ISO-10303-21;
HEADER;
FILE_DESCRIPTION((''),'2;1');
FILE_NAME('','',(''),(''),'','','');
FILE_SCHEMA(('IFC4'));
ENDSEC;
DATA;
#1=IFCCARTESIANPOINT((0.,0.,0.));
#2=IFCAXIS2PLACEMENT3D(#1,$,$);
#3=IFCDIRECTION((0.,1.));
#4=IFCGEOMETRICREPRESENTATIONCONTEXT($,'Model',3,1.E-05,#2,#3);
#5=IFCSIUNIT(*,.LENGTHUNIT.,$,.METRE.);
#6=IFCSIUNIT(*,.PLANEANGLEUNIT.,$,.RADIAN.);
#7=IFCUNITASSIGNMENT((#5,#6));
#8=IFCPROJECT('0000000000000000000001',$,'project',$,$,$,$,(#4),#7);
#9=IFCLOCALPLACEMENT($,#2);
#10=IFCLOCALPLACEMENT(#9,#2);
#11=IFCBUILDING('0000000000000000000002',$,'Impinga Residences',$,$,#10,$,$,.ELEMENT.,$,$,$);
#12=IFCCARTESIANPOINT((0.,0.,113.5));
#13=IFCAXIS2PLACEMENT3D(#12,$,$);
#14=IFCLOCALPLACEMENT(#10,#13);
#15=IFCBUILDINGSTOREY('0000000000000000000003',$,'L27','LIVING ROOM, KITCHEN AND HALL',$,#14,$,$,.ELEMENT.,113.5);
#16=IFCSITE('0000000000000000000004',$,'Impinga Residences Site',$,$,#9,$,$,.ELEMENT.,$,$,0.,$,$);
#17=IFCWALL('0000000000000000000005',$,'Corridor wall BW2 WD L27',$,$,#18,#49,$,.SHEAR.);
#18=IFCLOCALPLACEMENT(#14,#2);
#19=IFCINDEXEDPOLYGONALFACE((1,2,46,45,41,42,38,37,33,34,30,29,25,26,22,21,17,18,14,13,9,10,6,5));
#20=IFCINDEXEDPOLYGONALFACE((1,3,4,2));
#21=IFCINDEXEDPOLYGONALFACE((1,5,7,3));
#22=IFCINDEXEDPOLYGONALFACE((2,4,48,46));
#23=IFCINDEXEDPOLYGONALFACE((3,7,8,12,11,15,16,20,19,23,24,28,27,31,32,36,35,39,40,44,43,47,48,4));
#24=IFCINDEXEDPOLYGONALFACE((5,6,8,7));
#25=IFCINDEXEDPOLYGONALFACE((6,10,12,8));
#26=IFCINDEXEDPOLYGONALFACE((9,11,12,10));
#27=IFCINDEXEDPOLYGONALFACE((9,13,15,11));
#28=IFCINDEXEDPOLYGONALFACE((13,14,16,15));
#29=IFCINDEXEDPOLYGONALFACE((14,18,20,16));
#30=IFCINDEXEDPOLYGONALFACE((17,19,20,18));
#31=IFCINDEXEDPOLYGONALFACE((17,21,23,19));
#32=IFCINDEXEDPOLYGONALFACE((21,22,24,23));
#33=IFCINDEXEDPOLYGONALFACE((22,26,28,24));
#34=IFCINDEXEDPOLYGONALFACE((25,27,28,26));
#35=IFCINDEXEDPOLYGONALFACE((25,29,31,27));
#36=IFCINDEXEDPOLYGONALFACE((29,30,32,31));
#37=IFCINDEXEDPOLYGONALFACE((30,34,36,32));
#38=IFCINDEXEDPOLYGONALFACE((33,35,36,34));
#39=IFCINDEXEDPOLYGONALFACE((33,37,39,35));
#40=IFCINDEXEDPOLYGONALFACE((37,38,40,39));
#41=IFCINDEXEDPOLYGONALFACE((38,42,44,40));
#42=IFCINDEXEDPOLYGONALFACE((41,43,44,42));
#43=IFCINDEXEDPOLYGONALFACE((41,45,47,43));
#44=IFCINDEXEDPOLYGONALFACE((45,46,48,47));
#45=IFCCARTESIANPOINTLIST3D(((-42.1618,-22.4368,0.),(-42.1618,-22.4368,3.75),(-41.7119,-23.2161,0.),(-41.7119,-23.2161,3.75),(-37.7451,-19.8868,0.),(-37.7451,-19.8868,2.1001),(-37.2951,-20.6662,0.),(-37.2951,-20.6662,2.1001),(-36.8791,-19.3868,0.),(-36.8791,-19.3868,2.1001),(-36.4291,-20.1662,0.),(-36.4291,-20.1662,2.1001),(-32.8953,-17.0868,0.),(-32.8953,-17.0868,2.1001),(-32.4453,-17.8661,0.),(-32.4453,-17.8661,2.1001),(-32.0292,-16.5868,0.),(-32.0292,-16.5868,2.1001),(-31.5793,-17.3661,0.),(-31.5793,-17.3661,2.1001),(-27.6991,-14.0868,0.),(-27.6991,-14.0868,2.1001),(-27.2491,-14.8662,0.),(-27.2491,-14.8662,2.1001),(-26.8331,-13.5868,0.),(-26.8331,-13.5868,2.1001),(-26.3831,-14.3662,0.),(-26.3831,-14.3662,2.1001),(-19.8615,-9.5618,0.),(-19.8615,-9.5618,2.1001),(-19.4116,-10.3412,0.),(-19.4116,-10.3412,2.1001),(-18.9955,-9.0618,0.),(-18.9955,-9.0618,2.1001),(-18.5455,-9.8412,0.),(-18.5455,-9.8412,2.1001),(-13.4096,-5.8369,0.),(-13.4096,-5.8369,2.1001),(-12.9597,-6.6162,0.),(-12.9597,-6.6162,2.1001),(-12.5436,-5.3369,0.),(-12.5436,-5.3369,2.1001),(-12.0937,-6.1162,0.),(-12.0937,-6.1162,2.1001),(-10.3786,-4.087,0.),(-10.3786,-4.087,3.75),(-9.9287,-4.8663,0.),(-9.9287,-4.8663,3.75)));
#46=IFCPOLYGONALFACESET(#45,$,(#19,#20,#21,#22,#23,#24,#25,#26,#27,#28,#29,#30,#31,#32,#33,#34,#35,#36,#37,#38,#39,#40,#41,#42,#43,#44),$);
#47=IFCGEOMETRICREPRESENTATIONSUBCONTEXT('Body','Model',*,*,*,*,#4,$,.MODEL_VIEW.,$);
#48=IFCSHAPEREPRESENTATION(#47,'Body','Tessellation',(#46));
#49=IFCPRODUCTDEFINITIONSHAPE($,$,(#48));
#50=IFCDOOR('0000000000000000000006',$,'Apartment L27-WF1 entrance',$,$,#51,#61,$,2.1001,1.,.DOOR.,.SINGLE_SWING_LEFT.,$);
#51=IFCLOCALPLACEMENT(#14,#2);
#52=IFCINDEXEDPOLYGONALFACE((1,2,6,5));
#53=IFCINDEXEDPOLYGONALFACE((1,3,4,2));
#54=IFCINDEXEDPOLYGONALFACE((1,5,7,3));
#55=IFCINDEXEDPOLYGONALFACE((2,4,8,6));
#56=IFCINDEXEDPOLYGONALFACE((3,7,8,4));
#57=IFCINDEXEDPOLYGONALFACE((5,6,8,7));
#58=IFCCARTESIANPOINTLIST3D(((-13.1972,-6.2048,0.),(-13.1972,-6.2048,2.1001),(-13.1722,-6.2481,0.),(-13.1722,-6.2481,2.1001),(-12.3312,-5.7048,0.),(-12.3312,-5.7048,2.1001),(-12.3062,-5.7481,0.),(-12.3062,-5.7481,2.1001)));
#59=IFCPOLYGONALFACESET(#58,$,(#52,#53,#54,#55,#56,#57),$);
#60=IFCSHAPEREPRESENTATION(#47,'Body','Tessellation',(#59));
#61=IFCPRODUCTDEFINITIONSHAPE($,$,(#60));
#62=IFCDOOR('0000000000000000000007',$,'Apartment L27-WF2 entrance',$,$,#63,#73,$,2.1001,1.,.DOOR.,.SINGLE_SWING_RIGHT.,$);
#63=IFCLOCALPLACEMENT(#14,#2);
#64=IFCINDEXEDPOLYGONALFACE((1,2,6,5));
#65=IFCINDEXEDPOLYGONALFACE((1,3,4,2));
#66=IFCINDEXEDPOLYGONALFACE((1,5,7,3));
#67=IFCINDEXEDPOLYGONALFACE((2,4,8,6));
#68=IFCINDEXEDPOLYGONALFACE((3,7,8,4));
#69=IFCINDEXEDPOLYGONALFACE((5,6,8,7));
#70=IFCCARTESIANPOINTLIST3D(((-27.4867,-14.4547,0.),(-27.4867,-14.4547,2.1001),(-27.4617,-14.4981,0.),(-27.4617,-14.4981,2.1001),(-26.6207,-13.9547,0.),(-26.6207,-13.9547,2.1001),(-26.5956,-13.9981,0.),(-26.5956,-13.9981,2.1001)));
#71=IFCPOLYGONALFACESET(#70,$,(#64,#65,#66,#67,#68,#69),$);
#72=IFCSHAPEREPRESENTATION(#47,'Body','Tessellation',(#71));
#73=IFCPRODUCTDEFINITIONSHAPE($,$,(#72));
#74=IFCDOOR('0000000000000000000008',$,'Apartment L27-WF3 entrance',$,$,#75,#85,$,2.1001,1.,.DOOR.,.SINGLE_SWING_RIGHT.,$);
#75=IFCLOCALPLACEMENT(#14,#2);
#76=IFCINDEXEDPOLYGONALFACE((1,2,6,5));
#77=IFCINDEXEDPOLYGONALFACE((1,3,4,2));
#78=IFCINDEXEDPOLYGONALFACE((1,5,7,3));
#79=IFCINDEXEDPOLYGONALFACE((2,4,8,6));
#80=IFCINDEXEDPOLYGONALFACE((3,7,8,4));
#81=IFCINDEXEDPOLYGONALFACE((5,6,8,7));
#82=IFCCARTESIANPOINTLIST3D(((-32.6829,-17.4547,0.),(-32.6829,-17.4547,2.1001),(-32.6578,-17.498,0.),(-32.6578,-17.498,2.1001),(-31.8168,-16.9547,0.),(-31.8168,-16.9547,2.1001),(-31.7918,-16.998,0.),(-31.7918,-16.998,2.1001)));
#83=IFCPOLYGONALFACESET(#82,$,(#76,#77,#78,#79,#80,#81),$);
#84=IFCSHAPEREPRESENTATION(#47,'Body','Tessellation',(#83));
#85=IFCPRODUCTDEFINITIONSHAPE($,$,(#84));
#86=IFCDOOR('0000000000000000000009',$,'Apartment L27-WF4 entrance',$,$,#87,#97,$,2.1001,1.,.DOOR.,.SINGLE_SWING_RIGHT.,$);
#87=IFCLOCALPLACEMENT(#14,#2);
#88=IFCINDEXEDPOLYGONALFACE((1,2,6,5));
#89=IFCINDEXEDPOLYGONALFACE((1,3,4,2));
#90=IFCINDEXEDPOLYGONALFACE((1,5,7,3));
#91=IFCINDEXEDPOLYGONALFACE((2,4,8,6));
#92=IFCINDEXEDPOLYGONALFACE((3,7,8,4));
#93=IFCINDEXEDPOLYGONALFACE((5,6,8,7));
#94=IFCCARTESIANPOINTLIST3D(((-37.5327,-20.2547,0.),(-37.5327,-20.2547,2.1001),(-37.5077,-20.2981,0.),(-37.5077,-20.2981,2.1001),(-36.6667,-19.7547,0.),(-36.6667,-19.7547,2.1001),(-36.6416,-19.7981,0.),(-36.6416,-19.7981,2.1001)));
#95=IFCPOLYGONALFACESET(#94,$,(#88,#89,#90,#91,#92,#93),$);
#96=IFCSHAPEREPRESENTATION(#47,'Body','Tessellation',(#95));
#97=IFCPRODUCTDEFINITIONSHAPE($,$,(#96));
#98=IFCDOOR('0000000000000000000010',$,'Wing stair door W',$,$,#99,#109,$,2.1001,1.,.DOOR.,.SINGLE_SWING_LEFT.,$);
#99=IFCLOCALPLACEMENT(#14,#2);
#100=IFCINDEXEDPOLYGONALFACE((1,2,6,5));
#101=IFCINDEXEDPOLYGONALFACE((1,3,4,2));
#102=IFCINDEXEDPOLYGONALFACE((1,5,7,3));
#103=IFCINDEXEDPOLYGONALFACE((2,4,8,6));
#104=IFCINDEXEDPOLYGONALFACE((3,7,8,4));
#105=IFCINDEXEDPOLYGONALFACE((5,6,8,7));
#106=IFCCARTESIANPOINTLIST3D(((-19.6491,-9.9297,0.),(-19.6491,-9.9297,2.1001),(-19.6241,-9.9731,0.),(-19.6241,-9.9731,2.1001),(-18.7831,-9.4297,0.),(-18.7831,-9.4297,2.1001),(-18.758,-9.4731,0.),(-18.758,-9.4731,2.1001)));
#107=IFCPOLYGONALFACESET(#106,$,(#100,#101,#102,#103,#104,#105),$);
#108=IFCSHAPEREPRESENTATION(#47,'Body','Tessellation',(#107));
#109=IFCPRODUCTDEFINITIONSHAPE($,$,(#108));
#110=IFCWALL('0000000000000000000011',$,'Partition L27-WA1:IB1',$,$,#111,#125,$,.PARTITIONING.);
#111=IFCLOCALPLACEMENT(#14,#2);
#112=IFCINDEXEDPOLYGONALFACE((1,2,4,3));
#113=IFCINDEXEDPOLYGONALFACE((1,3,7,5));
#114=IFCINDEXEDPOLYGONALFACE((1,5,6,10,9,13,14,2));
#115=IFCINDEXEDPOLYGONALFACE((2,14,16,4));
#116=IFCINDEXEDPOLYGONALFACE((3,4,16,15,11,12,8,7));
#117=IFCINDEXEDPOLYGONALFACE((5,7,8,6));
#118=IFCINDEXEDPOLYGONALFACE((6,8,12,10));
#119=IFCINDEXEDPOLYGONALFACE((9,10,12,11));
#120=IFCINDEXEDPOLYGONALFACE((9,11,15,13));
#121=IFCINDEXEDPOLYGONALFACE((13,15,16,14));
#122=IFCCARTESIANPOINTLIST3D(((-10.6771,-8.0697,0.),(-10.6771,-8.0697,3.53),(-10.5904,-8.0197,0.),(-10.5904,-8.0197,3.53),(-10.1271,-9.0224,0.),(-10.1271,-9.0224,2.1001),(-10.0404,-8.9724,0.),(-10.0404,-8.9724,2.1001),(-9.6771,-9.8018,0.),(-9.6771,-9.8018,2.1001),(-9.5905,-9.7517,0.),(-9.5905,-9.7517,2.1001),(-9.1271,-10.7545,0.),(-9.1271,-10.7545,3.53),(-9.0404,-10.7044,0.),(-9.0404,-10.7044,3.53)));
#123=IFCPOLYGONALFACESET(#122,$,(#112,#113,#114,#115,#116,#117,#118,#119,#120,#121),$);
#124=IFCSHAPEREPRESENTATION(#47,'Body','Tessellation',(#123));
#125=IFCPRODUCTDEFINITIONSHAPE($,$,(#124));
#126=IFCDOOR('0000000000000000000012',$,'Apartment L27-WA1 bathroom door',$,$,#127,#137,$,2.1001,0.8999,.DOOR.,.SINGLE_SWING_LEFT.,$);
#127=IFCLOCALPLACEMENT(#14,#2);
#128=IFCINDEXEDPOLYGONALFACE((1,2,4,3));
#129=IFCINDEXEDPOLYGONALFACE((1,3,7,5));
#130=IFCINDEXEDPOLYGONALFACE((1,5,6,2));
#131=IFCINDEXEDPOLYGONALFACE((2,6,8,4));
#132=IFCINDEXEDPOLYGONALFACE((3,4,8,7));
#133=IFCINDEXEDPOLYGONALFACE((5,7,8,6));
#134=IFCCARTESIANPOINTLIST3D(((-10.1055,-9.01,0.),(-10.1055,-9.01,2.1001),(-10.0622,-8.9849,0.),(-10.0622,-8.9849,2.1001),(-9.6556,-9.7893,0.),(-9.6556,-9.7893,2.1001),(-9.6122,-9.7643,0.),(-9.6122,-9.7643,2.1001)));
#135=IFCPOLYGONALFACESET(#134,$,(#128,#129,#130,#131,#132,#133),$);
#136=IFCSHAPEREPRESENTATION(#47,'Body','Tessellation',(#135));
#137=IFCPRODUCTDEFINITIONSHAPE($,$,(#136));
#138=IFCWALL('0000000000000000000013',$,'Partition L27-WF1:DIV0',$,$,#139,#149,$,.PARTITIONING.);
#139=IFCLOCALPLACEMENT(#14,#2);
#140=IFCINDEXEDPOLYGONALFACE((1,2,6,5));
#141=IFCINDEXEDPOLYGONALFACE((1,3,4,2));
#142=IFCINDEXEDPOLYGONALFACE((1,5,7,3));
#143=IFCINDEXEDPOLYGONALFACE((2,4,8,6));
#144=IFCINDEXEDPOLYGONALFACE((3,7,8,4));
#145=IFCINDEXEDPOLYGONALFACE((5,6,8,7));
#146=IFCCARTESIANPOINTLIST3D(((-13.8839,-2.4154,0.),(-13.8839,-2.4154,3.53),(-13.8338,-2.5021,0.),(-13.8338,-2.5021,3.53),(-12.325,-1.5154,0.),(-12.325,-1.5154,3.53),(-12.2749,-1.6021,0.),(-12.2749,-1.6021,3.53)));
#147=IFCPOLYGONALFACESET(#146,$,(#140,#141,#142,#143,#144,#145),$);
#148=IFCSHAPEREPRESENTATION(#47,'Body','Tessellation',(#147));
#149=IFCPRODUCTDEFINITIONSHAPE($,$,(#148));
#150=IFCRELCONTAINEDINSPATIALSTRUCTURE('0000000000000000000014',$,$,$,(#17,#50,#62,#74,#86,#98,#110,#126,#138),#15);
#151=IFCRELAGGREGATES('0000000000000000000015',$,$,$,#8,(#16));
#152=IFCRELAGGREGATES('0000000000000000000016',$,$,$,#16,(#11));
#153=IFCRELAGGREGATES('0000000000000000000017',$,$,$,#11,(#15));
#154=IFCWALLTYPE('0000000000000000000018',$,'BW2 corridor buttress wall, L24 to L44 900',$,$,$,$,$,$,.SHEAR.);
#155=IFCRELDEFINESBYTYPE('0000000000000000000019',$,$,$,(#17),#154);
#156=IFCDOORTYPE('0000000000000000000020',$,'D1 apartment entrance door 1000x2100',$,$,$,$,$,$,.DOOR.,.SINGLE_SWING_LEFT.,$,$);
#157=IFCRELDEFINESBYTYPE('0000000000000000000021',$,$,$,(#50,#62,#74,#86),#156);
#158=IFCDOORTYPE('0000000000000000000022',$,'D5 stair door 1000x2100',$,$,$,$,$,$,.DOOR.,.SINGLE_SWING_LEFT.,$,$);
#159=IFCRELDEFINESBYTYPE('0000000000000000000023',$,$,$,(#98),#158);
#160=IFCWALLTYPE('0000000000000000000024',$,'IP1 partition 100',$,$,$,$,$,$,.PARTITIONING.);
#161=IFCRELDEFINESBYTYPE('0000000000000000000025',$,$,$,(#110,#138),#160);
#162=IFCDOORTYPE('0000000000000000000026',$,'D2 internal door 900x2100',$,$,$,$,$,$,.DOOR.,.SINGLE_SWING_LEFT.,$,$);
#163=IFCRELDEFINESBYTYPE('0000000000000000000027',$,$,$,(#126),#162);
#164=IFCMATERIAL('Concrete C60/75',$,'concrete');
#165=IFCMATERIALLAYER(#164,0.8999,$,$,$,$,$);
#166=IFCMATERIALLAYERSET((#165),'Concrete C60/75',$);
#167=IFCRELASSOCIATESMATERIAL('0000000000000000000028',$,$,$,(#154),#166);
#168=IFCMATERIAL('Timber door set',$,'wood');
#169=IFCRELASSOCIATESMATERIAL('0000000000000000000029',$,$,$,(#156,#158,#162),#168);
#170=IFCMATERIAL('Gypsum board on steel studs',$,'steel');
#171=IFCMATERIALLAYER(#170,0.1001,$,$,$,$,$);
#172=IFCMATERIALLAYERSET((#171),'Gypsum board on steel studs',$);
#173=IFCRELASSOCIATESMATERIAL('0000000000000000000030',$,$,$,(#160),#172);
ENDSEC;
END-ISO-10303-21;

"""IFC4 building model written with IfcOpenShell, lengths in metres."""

from ifc_helpers import new_model, si_unit, direction, frame, frame_2d, origin, place, context, subcontext, project, spatial, rectangle, extrude, material, layer, layer_set, type_object, element, fill, save


model = new_model("IFC4")

# Units and contexts
model_context = context("Model", 3, precision=1e-05, world=origin(), true_north=direction((0.0, 1.0)))
body_context = subcontext(model_context, "Body", "Model", "MODEL_VIEW")
ifc_project = project(units=[si_unit("LENGTHUNIT", "METRE"), si_unit("PLANEANGLEUNIT", "RADIAN")], contexts=[model_context])

# Site, building, storey
site_placement = place(None, origin())
site = spatial("IfcSite", under=ifc_project, at=site_placement, Name="Impinga Residences Site", CompositionType="ELEMENT", RefElevation=0.0)
building_placement = place(site_placement, origin())
building = spatial("IfcBuilding", under=site, at=building_placement, Name="Impinga Residences", CompositionType="ELEMENT")
storey_placement = place(building_placement, frame((0.0, 0.0, 113.5)))
storey = spatial("IfcBuildingStorey", under=building, at=storey_placement, Name="L27", Description="LIVING ROOM, KITCHEN AND HALL", CompositionType="ELEMENT", Elevation=113.5)

# Wall, openings, doors
ifc_material_1 = material(Name="Concrete C60/75", Category="concrete")
ifc_layer_1 = layer(ifc_material_1, 0.8999)
ifc_layer_set_1 = layer_set([ifc_layer_1], Name="Concrete C60/75")
wall_type_1 = type_object("IfcWallType", Name="BW2 corridor buttress wall, L24 to L44 900", PredefinedType="SHEAR", material=ifc_layer_set_1)
ifc_material_2 = material(Name="Timber door set", Category="wood")
door_type_1 = type_object("IfcDoorType", Name="D1 apartment entrance door 1000x2100", OperationType="SINGLE_SWING_LEFT", PredefinedType="DOOR", material=ifc_material_2)
wall_1_placement = place(storey_placement, frame((-10.1536, -4.4766, 0.0), z_axis=(0.0, 0.0, 1.0), x_axis=(-0.866028, -0.499996, 0.0)))
wall_1 = element("IfcWall", 1, at=wall_1_placement, inside=storey, type_object=wall_type_1, Name="Corridor wall BW2 WD L27", PredefinedType="SHEAR", context=body_context, shape_type="SweptSolid", body=[
    extrude(rectangle(XDim=36.7, YDim=0.8999, at=frame_2d((18.3501, 0.0))), origin(), (0.0, 0.0, 1.0), 3.75),
])
opening_1_placement = place(wall_1_placement, frame((9.95, 0.0, 0.0)))
opening_1 = element("IfcOpeningElement", 2, at=opening_1_placement, cuts=wall_1, PredefinedType="OPENING", context=body_context, shape_type="SweptSolid", body=[
    extrude(rectangle(XDim=1.0, YDim=2.1001, at=frame_2d((0.5, 1.05))), frame((0.0, 0.46, 0.0), z_axis=(0.0, -1.0, 0.0), x_axis=(1.0, 0.0, 0.0)), (0.0, 0.0, 1.0), 0.9199),
])
opening_2_placement = place(wall_1_placement, frame((2.5, 0.0, 0.0)))
opening_2 = element("IfcOpeningElement", 3, at=opening_2_placement, cuts=wall_1, PredefinedType="OPENING", context=body_context, shape_type="SweptSolid", body=[
    extrude(rectangle(XDim=1.0, YDim=2.1001, at=frame_2d((0.5, 1.05))), frame((0.0, 0.46, 0.0), z_axis=(0.0, -1.0, 0.0), x_axis=(1.0, 0.0, 0.0)), (0.0, 0.0, 1.0), 0.9199),
])
opening_3_placement = place(wall_1_placement, frame((19.0, 0.0, 0.0)))
opening_3 = element("IfcOpeningElement", 4, at=opening_3_placement, cuts=wall_1, PredefinedType="OPENING", context=body_context, shape_type="SweptSolid", body=[
    extrude(rectangle(XDim=1.0, YDim=2.1001, at=frame_2d((0.5, 1.05))), frame((0.0, 0.46, 0.0), z_axis=(0.0, -1.0, 0.0), x_axis=(1.0, 0.0, 0.0)), (0.0, 0.0, 1.0), 0.9199),
])
opening_4_placement = place(wall_1_placement, frame((25.0, 0.0, 0.0)))
opening_4 = element("IfcOpeningElement", 5, at=opening_4_placement, cuts=wall_1, PredefinedType="OPENING", context=body_context, shape_type="SweptSolid", body=[
    extrude(rectangle(XDim=1.0, YDim=2.1001, at=frame_2d((0.5, 1.05))), frame((0.0, 0.46, 0.0), z_axis=(0.0, -1.0, 0.0), x_axis=(1.0, 0.0, 0.0)), (0.0, 0.0, 1.0), 0.9199),
])
opening_5_placement = place(wall_1_placement, frame((30.6001, 0.0, 0.0)))
opening_5 = element("IfcOpeningElement", 6, at=opening_5_placement, cuts=wall_1, PredefinedType="OPENING", context=body_context, shape_type="SweptSolid", body=[
    extrude(rectangle(XDim=1.0, YDim=2.1001, at=frame_2d((0.5, 1.05))), frame((0.0, 0.46, 0.0), z_axis=(0.0, -1.0, 0.0), x_axis=(1.0, 0.0, 0.0)), (0.0, 0.0, 1.0), 0.9199),
])
door_1_placement = place(opening_2_placement, origin())
door_1 = element("IfcDoor", 7, at=door_1_placement, inside=storey, type_object=door_type_1, Name="Apartment L27-WF1 entrance", OperationType="SINGLE_SWING_LEFT", OverallHeight=2.1001, OverallWidth=1.0, PredefinedType="DOOR", context=body_context, shape_type="SweptSolid", body=[
    extrude(rectangle(XDim=1.0, YDim=2.1001, at=frame_2d((0.5, 1.05))), frame((0.0, 0.0249, 0.0), z_axis=(0.0, -1.0, 0.0), x_axis=(1.0, 0.0, 0.0)), (0.0, 0.0, 1.0), 0.05),
])
fill(opening_2, door_1)
door_2_placement = place(opening_3_placement, origin())
door_2 = element("IfcDoor", 8, at=door_2_placement, inside=storey, type_object=door_type_1, Name="Apartment L27-WF2 entrance", OperationType="SINGLE_SWING_RIGHT", OverallHeight=2.1001, OverallWidth=1.0, PredefinedType="DOOR", context=body_context, shape_type="SweptSolid", body=[
    extrude(rectangle(XDim=1.0, YDim=2.1001, at=frame_2d((0.5, 1.05))), frame((0.0, 0.0249, 0.0), z_axis=(0.0, -1.0, 0.0), x_axis=(1.0, 0.0, 0.0)), (0.0, 0.0, 1.0), 0.05),
])
fill(opening_3, door_2)
door_3_placement = place(opening_4_placement, origin())
door_3 = element("IfcDoor", 9, at=door_3_placement, inside=storey, type_object=door_type_1, Name="Apartment L27-WF3 entrance", OperationType="SINGLE_SWING_RIGHT", OverallHeight=2.1001, OverallWidth=1.0, PredefinedType="DOOR", context=body_context, shape_type="SweptSolid", body=[
    extrude(rectangle(XDim=1.0, YDim=2.1001, at=frame_2d((0.5, 1.05))), frame((0.0, 0.0249, 0.0), z_axis=(0.0, -1.0, 0.0), x_axis=(1.0, 0.0, 0.0)), (0.0, 0.0, 1.0), 0.05),
])
fill(opening_4, door_3)
door_4_placement = place(opening_5_placement, origin())
door_4 = element("IfcDoor", 10, at=door_4_placement, inside=storey, type_object=door_type_1, Name="Apartment L27-WF4 entrance", OperationType="SINGLE_SWING_RIGHT", OverallHeight=2.1001, OverallWidth=1.0, PredefinedType="DOOR", context=body_context, shape_type="SweptSolid", body=[
    extrude(rectangle(XDim=1.0, YDim=2.1001, at=frame_2d((0.5, 1.05))), frame((0.0, 0.0249, 0.0), z_axis=(0.0, -1.0, 0.0), x_axis=(1.0, 0.0, 0.0)), (0.0, 0.0, 1.0), 0.05),
])
fill(opening_5, door_4)
door_type_2 = type_object("IfcDoorType", Name="D5 stair door 1000x2100", OperationType="SINGLE_SWING_LEFT", PredefinedType="DOOR", material=ifc_material_2)
door_5_placement = place(opening_1_placement, origin())
door_5 = element("IfcDoor", 11, at=door_5_placement, inside=storey, type_object=door_type_2, Name="Wing stair door W", OperationType="SINGLE_SWING_LEFT", OverallHeight=2.1001, OverallWidth=1.0, PredefinedType="DOOR", context=body_context, shape_type="SweptSolid", body=[
    extrude(rectangle(XDim=1.0, YDim=2.1001, at=frame_2d((0.5, 1.05))), frame((0.0, 0.0249, 0.0), z_axis=(0.0, -1.0, 0.0), x_axis=(1.0, 0.0, 0.0)), (0.0, 0.0, 1.0), 0.05),
])
fill(opening_1, door_5)

# Wall, opening, door
ifc_material_3 = material(Name="Gypsum board on steel studs", Category="steel")
ifc_layer_2 = layer(ifc_material_3, 0.1001)
ifc_layer_set_2 = layer_set([ifc_layer_2], Name="Gypsum board on steel studs")
wall_type_2 = type_object("IfcWallType", Name="IP1 partition 100", PredefinedType="PARTITIONING", material=ifc_layer_set_2)
wall_2_placement = place(storey_placement, frame((-10.6338, -8.0447, 0.0), z_axis=(0.0, 0.0, 1.0), x_axis=(0.499993, -0.86603, 0.0)))
wall_2 = element("IfcWall", 12, at=wall_2_placement, inside=storey, type_object=wall_type_2, Name="Partition L27-WA1:IB1", PredefinedType="PARTITIONING", context=body_context, shape_type="SweptSolid", body=[
    extrude(rectangle(XDim=3.1001, YDim=0.1001, at=frame_2d((1.55, 0.0))), origin(), (0.0, 0.0, 1.0), 3.53),
])
opening_6_placement = place(wall_2_placement, frame((1.1001, 0.0, 0.0)))
opening_6 = element("IfcOpeningElement", 13, at=opening_6_placement, cuts=wall_2, PredefinedType="OPENING", context=body_context, shape_type="SweptSolid", body=[
    extrude(rectangle(XDim=0.8999, YDim=2.1001, at=frame_2d((0.45, 1.05))), frame((0.0, 0.0601, 0.0), z_axis=(0.0, -1.0, 0.0), x_axis=(1.0, 0.0, 0.0)), (0.0, 0.0, 1.0), 0.1201),
])
door_type_3 = type_object("IfcDoorType", Name="D2 internal door 900x2100", OperationType="SINGLE_SWING_LEFT", PredefinedType="DOOR", material=ifc_material_2)
door_6_placement = place(opening_6_placement, origin())
door_6 = element("IfcDoor", 14, at=door_6_placement, inside=storey, type_object=door_type_3, Name="Apartment L27-WA1 bathroom door", OperationType="SINGLE_SWING_LEFT", OverallHeight=2.1001, OverallWidth=0.8999, PredefinedType="DOOR", context=body_context, shape_type="SweptSolid", body=[
    extrude(rectangle(XDim=0.8999, YDim=2.1001, at=frame_2d((0.45, 1.05))), frame((0.0, 0.0249, 0.0), z_axis=(0.0, -1.0, 0.0), x_axis=(1.0, 0.0, 0.0)), (0.0, 0.0, 1.0), 0.05),
])
fill(opening_6, door_6)

# Wall
wall_3_placement = place(storey_placement, frame((-12.3, -1.5588, 0.0), z_axis=(0.0, 0.0, 1.0), x_axis=(-0.866048, -0.499961, 0.0)))
element("IfcWall", 15, at=wall_3_placement, inside=storey, type_object=wall_type_2, Name="Partition L27-WF1:DIV0", PredefinedType="PARTITIONING", context=body_context, shape_type="SweptSolid", body=[
    extrude(rectangle(XDim=1.8, YDim=0.1001, at=frame_2d((0.8999, 0.0))), origin(), (0.0, 0.0, 1.0), 3.53),
])

save(model, "model.ifc")
